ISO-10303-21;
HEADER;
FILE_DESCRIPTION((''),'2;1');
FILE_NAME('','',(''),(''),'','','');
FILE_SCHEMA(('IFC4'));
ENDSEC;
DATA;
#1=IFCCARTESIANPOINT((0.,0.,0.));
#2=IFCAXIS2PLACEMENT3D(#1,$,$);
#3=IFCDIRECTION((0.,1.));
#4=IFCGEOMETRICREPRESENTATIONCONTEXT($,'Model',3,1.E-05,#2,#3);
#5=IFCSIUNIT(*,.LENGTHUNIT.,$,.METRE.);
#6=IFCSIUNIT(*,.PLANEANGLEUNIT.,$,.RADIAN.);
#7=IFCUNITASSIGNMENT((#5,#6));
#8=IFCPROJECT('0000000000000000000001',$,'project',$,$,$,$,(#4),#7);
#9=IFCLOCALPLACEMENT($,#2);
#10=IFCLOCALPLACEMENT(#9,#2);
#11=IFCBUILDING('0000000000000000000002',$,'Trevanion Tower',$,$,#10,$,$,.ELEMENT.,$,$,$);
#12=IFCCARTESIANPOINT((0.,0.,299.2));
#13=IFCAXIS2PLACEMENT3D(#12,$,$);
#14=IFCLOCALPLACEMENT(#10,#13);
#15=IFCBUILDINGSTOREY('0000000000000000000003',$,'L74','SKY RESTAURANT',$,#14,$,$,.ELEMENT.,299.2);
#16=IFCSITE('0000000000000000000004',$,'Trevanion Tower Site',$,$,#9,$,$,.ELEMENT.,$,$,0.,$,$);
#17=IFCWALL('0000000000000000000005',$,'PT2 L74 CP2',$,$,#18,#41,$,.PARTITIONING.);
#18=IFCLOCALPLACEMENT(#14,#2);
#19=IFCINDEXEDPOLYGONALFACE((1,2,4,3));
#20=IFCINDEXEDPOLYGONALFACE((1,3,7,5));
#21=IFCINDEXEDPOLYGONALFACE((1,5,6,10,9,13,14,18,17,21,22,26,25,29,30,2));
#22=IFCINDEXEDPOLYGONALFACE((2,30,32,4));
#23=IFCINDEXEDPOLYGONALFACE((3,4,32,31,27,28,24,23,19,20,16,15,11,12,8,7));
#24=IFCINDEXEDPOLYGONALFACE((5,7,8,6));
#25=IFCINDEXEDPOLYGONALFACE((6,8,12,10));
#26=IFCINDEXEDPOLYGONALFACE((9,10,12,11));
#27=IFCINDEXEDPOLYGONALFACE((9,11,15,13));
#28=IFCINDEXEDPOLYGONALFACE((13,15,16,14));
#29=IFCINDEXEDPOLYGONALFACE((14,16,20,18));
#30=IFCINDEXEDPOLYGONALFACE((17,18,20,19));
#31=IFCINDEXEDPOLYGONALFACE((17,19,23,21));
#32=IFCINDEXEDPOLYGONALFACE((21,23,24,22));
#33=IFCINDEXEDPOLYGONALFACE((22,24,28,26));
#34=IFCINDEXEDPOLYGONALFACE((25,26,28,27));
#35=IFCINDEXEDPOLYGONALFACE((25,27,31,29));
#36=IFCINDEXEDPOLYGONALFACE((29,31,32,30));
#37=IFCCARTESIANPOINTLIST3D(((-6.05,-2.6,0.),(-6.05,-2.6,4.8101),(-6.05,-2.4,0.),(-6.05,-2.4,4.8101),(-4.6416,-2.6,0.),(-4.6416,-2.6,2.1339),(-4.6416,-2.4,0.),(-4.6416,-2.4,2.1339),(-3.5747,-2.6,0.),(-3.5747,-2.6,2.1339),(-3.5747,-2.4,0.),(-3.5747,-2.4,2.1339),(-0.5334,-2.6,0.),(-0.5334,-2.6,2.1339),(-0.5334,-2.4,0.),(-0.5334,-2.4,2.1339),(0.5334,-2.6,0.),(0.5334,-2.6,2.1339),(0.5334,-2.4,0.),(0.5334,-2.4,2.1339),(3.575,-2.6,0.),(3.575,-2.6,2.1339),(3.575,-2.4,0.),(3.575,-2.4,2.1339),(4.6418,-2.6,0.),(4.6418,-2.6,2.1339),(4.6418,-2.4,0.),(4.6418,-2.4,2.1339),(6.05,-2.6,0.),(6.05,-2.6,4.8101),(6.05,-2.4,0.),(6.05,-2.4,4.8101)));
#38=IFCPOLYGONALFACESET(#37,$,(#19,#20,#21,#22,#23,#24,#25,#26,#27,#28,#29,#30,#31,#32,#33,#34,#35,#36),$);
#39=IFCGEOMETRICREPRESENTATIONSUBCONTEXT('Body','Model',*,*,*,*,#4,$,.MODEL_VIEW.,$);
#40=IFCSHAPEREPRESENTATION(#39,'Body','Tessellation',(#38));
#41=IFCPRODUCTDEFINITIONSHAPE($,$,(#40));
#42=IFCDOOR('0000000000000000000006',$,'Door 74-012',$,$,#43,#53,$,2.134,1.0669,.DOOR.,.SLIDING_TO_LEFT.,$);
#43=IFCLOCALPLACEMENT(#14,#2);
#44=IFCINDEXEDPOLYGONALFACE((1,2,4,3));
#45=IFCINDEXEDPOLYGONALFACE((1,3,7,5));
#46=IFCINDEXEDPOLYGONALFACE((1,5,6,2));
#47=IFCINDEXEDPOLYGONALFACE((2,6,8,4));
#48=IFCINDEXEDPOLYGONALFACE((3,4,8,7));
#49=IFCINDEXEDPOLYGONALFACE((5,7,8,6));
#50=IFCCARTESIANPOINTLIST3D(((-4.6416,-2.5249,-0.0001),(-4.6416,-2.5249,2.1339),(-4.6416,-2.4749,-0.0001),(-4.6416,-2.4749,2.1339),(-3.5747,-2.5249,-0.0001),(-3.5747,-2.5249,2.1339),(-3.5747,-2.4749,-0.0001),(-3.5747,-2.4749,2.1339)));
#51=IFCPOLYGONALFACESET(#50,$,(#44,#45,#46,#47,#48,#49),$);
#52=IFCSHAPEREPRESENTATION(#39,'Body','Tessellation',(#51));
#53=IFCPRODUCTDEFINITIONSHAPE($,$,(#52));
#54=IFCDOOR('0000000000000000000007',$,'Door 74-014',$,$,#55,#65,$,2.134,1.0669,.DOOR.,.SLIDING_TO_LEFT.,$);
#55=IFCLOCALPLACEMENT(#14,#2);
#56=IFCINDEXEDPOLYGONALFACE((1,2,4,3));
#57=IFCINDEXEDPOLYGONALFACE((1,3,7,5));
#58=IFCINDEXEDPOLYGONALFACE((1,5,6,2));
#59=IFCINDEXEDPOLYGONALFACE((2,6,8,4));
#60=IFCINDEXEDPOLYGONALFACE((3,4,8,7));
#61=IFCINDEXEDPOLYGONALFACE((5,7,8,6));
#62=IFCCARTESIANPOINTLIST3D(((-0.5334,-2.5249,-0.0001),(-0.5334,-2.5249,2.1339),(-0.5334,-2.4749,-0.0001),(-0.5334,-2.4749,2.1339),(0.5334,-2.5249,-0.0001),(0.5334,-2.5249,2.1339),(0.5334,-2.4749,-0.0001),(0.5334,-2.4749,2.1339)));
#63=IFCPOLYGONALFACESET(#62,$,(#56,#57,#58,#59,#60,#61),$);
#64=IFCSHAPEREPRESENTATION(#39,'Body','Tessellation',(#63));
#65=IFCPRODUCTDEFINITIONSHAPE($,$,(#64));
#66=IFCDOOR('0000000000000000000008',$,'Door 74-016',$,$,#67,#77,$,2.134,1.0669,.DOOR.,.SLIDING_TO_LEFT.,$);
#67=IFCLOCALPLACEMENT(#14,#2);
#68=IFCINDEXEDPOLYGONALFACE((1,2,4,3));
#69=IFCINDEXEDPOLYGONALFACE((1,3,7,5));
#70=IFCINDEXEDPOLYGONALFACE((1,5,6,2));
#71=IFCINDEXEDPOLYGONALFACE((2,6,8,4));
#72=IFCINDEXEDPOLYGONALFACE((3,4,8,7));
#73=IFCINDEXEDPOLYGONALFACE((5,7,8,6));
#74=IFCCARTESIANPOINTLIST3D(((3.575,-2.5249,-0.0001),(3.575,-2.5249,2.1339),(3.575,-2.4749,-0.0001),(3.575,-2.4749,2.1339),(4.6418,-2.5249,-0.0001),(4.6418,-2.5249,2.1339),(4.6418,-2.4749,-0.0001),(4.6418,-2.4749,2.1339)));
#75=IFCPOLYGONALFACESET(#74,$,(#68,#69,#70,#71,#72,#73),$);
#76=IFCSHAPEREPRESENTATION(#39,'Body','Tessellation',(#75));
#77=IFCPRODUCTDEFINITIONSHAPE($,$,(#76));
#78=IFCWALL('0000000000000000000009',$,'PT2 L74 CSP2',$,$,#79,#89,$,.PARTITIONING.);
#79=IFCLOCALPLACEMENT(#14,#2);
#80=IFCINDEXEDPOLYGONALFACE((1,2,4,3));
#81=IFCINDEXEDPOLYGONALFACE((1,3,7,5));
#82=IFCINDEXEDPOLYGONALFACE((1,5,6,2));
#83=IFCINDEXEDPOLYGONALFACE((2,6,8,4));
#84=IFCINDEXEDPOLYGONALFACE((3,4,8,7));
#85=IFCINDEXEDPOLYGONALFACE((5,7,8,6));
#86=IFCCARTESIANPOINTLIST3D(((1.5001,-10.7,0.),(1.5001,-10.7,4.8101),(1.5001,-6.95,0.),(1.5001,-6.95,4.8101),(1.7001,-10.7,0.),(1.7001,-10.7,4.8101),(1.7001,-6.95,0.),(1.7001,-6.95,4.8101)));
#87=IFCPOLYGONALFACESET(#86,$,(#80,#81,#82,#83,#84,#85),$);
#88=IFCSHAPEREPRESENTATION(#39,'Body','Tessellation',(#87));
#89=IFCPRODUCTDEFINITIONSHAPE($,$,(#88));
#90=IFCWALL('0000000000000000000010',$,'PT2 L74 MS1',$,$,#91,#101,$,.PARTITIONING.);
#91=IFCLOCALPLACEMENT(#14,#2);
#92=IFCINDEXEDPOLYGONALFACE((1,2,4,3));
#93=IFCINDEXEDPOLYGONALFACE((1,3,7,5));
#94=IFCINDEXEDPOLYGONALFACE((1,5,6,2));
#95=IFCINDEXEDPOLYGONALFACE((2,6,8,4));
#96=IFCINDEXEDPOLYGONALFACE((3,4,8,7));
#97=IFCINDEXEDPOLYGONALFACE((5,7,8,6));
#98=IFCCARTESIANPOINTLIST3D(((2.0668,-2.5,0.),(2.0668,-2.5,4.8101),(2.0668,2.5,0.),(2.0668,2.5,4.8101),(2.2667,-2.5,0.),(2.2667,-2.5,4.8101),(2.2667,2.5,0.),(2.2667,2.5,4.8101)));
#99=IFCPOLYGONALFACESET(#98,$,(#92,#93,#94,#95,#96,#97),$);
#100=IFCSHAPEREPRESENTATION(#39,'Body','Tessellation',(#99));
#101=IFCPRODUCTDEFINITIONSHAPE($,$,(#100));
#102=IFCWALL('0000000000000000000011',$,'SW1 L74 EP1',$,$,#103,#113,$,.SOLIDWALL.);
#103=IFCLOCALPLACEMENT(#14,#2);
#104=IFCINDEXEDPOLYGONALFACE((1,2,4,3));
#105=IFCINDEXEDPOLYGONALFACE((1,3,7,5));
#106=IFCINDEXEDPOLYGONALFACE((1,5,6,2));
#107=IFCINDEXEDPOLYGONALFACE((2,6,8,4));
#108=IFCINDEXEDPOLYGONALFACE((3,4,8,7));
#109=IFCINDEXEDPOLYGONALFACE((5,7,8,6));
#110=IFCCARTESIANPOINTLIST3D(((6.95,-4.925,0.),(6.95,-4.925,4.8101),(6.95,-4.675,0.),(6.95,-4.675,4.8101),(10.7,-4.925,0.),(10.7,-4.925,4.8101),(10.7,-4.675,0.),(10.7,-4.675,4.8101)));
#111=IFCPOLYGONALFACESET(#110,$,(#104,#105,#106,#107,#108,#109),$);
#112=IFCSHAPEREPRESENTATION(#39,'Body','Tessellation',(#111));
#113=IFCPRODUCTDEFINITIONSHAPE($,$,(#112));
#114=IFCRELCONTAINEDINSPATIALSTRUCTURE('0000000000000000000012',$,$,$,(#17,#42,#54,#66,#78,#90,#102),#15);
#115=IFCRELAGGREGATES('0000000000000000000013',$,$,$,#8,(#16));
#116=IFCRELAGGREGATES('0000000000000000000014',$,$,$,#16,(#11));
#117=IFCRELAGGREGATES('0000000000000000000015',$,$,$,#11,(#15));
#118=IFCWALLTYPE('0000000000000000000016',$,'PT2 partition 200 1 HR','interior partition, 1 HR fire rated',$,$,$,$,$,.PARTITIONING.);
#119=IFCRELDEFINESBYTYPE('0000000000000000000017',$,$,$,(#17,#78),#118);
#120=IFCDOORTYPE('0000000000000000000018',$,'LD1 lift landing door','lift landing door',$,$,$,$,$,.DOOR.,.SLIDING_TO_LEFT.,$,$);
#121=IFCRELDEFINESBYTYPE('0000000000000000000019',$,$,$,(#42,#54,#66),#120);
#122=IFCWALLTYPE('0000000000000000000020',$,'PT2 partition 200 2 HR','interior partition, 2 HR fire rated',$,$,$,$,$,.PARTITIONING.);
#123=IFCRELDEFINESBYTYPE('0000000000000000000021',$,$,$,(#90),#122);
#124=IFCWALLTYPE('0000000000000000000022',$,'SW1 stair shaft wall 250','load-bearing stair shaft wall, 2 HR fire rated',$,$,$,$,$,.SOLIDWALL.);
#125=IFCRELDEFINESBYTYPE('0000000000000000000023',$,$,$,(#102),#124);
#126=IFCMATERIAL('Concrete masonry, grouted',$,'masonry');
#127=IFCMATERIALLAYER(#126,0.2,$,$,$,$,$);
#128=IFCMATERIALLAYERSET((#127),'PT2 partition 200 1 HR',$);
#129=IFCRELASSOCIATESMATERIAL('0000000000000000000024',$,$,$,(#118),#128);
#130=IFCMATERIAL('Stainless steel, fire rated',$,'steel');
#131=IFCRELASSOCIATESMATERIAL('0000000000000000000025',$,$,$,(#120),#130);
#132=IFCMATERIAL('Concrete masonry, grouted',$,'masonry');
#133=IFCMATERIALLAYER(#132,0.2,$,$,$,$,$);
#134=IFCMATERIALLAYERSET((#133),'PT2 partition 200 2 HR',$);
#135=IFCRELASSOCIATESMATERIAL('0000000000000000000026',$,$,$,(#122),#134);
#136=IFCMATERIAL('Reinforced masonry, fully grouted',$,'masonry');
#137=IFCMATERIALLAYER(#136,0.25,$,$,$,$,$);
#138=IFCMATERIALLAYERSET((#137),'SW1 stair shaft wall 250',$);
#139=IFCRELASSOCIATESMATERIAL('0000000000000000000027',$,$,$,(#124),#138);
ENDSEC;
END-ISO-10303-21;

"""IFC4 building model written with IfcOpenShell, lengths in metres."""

from ifc_helpers import new_model, si_unit, direction, frame, frame_2d, origin, place, context, subcontext, project, spatial, rectangle, extrude, material, layer, layer_set, type_object, element, fill, save


model = new_model("IFC4")

# Units and contexts
model_context = context("Model", 3, precision=1e-05, world=origin(), true_north=direction((0.0, 1.0)))
body_context = subcontext(model_context, "Body", "Model", "MODEL_VIEW")
ifc_project = project(units=[si_unit("LENGTHUNIT", "METRE"), si_unit("PLANEANGLEUNIT", "RADIAN")], contexts=[model_context])

# Site, building, storey
site_placement = place(None, origin())
site = spatial("IfcSite", under=ifc_project, at=site_placement, Name="Trevanion Tower Site", CompositionType="ELEMENT", RefElevation=0.0)
building_placement = place(site_placement, origin())
building = spatial("IfcBuilding", under=site, at=building_placement, Name="Trevanion Tower", CompositionType="ELEMENT")
storey_placement = place(building_placement, frame((0.0, 0.0, 299.2)))
storey = spatial("IfcBuildingStorey", under=building, at=storey_placement, Name="L74", Description="SKY RESTAURANT", CompositionType="ELEMENT", Elevation=299.2)

# Wall, openings, doors
ifc_material_1 = material(Name="Concrete masonry, grouted", Category="masonry")
ifc_layer_1 = layer(ifc_material_1, 0.2)
ifc_layer_set_1 = layer_set([ifc_layer_1], Name="PT2 partition 200 1 HR")
wall_type_1 = type_object("IfcWallType", Name="PT2 partition 200 1 HR", Description="interior partition, 1 HR fire rated", PredefinedType="PARTITIONING", material=ifc_layer_set_1)
wall_1_placement = place(storey_placement, frame((6.05, -2.5, 0.0), z_axis=(0.0, 0.0, 1.0), x_axis=(-1.0, 0.0, 0.0)))
wall_1 = element("IfcWall", 1, at=wall_1_placement, inside=storey, type_object=wall_type_1, Name="PT2 L74 CP2", PredefinedType="PARTITIONING", context=body_context, shape_type="SweptSolid", body=[
    extrude(rectangle(XDim=12.1001, YDim=0.2, at=frame_2d((6.05, 0.0))), origin(), (0.0, 0.0, 1.0), 4.8101),
])
opening_1_placement = place(wall_1_placement, frame((9.6248, 0.0, 0.0)))
opening_1 = element("IfcOpeningElement", 2, at=opening_1_placement, cuts=wall_1, PredefinedType="OPENING", context=body_context, shape_type="SweptSolid", body=[
    extrude(rectangle(XDim=1.0669, YDim=2.134, at=frame_2d((0.5334, 1.0669))), frame((0.0, 0.1099, 0.0), z_axis=(0.0, -1.0, 0.0), x_axis=(1.0, 0.0, 0.0)), (0.0, 0.0, 1.0), 0.22),
])
opening_2_placement = place(wall_1_placement, frame((5.5166, 0.0, 0.0)))
opening_2 = element("IfcOpeningElement", 3, at=opening_2_placement, cuts=wall_1, PredefinedType="OPENING", context=body_context, shape_type="SweptSolid", body=[
    extrude(rectangle(XDim=1.0669, YDim=2.134, at=frame_2d((0.5334, 1.0669))), frame((0.0, 0.1099, 0.0), z_axis=(0.0, -1.0, 0.0), x_axis=(1.0, 0.0, 0.0)), (0.0, 0.0, 1.0), 0.22),
])
opening_3_placement = place(wall_1_placement, frame((1.4082, 0.0, 0.0)))
opening_3 = element("IfcOpeningElement", 4, at=opening_3_placement, cuts=wall_1, PredefinedType="OPENING", context=body_context, shape_type="SweptSolid", body=[
    extrude(rectangle(XDim=1.0669, YDim=2.134, at=frame_2d((0.5334, 1.0669))), frame((0.0, 0.1099, 0.0), z_axis=(0.0, -1.0, 0.0), x_axis=(1.0, 0.0, 0.0)), (0.0, 0.0, 1.0), 0.22),
])
ifc_material_2 = material(Name="Stainless steel, fire rated", Category="steel")
door_type_1 = type_object("IfcDoorType", Name="LD1 lift landing door", Description="lift landing door", OperationType="SLIDING_TO_LEFT", PredefinedType="DOOR", material=ifc_material_2)
door_1_placement = place(opening_1_placement, origin())
door_1 = element("IfcDoor", 5, at=door_1_placement, inside=storey, type_object=door_type_1, Name="Door 74-012", OperationType="SLIDING_TO_LEFT", OverallHeight=2.134, OverallWidth=1.0669, PredefinedType="DOOR", context=body_context, shape_type="SweptSolid", body=[
    extrude(rectangle(XDim=1.0669, YDim=2.134, at=frame_2d((0.5334, 1.0669))), frame((0.0, 0.0249, 0.0), z_axis=(0.0, -1.0, 0.0), x_axis=(1.0, 0.0, 0.0)), (0.0, 0.0, 1.0), 0.05),
])
fill(opening_1, door_1)
door_2_placement = place(opening_2_placement, origin())
door_2 = element("IfcDoor", 6, at=door_2_placement, inside=storey, type_object=door_type_1, Name="Door 74-014", OperationType="SLIDING_TO_LEFT", OverallHeight=2.134, OverallWidth=1.0669, PredefinedType="DOOR", context=body_context, shape_type="SweptSolid", body=[
    extrude(rectangle(XDim=1.0669, YDim=2.134, at=frame_2d((0.5334, 1.0669))), frame((0.0, 0.0249, 0.0), z_axis=(0.0, -1.0, 0.0), x_axis=(1.0, 0.0, 0.0)), (0.0, 0.0, 1.0), 0.05),
])
fill(opening_2, door_2)
door_3_placement = place(opening_3_placement, origin())
door_3 = element("IfcDoor", 7, at=door_3_placement, inside=storey, type_object=door_type_1, Name="Door 74-016", OperationType="SLIDING_TO_LEFT", OverallHeight=2.134, OverallWidth=1.0669, PredefinedType="DOOR", context=body_context, shape_type="SweptSolid", body=[
    extrude(rectangle(XDim=1.0669, YDim=2.134, at=frame_2d((0.5334, 1.0669))), frame((0.0, 0.0249, 0.0), z_axis=(0.0, -1.0, 0.0), x_axis=(1.0, 0.0, 0.0)), (0.0, 0.0, 1.0), 0.05),
])
fill(opening_3, door_3)

# Walls
wall_2_placement = place(storey_placement, frame((1.6001, -6.95, 0.0), z_axis=(0.0, 0.0, 1.0), x_axis=(0.0, -1.0, 0.0)))
element("IfcWall", 8, at=wall_2_placement, inside=storey, type_object=wall_type_1, Name="PT2 L74 CSP2", PredefinedType="PARTITIONING", context=body_context, shape_type="SweptSolid", body=[
    extrude(rectangle(XDim=3.75, YDim=0.2, at=frame_2d((1.875, 0.0))), origin(), (0.0, 0.0, 1.0), 4.8101),
])
ifc_material_3 = material(Name="Concrete masonry, grouted", Category="masonry")
ifc_layer_2 = layer(ifc_material_3, 0.2)
ifc_layer_set_2 = layer_set([ifc_layer_2], Name="PT2 partition 200 2 HR")
wall_type_2 = type_object("IfcWallType", Name="PT2 partition 200 2 HR", Description="interior partition, 2 HR fire rated", PredefinedType="PARTITIONING", material=ifc_layer_set_2)
wall_3_placement = place(storey_placement, frame((2.1667, -2.5, 0.0), z_axis=(0.0, 0.0, 1.0), x_axis=(0.0, 1.0, 0.0)))
element("IfcWall", 9, at=wall_3_placement, inside=storey, type_object=wall_type_2, Name="PT2 L74 MS1", PredefinedType="PARTITIONING", context=body_context, shape_type="SweptSolid", body=[
    extrude(rectangle(XDim=5.0, YDim=0.2, at=frame_2d((2.5, 0.0))), origin(), (0.0, 0.0, 1.0), 4.8101),
])
ifc_material_4 = material(Name="Reinforced masonry, fully grouted", Category="masonry")
ifc_layer_3 = layer(ifc_material_4, 0.25)
ifc_layer_set_3 = layer_set([ifc_layer_3], Name="SW1 stair shaft wall 250")
wall_type_3 = type_object("IfcWallType", Name="SW1 stair shaft wall 250", Description="load-bearing stair shaft wall, 2 HR fire rated", PredefinedType="SOLIDWALL", material=ifc_layer_set_3)
wall_4_placement = place(storey_placement, frame((6.95, -4.8, 0.0), z_axis=(0.0, 0.0, 1.0), x_axis=(1.0, 0.0, 0.0)))
element("IfcWall", 10, at=wall_4_placement, inside=storey, type_object=wall_type_3, Name="SW1 L74 EP1", PredefinedType="SOLIDWALL", context=body_context, shape_type="SweptSolid", body=[
    extrude(rectangle(XDim=3.75, YDim=0.25, at=frame_2d((1.875, 0.0))), origin(), (0.0, 0.0, 1.0), 4.8101),
])

save(model, "model.ifc")
